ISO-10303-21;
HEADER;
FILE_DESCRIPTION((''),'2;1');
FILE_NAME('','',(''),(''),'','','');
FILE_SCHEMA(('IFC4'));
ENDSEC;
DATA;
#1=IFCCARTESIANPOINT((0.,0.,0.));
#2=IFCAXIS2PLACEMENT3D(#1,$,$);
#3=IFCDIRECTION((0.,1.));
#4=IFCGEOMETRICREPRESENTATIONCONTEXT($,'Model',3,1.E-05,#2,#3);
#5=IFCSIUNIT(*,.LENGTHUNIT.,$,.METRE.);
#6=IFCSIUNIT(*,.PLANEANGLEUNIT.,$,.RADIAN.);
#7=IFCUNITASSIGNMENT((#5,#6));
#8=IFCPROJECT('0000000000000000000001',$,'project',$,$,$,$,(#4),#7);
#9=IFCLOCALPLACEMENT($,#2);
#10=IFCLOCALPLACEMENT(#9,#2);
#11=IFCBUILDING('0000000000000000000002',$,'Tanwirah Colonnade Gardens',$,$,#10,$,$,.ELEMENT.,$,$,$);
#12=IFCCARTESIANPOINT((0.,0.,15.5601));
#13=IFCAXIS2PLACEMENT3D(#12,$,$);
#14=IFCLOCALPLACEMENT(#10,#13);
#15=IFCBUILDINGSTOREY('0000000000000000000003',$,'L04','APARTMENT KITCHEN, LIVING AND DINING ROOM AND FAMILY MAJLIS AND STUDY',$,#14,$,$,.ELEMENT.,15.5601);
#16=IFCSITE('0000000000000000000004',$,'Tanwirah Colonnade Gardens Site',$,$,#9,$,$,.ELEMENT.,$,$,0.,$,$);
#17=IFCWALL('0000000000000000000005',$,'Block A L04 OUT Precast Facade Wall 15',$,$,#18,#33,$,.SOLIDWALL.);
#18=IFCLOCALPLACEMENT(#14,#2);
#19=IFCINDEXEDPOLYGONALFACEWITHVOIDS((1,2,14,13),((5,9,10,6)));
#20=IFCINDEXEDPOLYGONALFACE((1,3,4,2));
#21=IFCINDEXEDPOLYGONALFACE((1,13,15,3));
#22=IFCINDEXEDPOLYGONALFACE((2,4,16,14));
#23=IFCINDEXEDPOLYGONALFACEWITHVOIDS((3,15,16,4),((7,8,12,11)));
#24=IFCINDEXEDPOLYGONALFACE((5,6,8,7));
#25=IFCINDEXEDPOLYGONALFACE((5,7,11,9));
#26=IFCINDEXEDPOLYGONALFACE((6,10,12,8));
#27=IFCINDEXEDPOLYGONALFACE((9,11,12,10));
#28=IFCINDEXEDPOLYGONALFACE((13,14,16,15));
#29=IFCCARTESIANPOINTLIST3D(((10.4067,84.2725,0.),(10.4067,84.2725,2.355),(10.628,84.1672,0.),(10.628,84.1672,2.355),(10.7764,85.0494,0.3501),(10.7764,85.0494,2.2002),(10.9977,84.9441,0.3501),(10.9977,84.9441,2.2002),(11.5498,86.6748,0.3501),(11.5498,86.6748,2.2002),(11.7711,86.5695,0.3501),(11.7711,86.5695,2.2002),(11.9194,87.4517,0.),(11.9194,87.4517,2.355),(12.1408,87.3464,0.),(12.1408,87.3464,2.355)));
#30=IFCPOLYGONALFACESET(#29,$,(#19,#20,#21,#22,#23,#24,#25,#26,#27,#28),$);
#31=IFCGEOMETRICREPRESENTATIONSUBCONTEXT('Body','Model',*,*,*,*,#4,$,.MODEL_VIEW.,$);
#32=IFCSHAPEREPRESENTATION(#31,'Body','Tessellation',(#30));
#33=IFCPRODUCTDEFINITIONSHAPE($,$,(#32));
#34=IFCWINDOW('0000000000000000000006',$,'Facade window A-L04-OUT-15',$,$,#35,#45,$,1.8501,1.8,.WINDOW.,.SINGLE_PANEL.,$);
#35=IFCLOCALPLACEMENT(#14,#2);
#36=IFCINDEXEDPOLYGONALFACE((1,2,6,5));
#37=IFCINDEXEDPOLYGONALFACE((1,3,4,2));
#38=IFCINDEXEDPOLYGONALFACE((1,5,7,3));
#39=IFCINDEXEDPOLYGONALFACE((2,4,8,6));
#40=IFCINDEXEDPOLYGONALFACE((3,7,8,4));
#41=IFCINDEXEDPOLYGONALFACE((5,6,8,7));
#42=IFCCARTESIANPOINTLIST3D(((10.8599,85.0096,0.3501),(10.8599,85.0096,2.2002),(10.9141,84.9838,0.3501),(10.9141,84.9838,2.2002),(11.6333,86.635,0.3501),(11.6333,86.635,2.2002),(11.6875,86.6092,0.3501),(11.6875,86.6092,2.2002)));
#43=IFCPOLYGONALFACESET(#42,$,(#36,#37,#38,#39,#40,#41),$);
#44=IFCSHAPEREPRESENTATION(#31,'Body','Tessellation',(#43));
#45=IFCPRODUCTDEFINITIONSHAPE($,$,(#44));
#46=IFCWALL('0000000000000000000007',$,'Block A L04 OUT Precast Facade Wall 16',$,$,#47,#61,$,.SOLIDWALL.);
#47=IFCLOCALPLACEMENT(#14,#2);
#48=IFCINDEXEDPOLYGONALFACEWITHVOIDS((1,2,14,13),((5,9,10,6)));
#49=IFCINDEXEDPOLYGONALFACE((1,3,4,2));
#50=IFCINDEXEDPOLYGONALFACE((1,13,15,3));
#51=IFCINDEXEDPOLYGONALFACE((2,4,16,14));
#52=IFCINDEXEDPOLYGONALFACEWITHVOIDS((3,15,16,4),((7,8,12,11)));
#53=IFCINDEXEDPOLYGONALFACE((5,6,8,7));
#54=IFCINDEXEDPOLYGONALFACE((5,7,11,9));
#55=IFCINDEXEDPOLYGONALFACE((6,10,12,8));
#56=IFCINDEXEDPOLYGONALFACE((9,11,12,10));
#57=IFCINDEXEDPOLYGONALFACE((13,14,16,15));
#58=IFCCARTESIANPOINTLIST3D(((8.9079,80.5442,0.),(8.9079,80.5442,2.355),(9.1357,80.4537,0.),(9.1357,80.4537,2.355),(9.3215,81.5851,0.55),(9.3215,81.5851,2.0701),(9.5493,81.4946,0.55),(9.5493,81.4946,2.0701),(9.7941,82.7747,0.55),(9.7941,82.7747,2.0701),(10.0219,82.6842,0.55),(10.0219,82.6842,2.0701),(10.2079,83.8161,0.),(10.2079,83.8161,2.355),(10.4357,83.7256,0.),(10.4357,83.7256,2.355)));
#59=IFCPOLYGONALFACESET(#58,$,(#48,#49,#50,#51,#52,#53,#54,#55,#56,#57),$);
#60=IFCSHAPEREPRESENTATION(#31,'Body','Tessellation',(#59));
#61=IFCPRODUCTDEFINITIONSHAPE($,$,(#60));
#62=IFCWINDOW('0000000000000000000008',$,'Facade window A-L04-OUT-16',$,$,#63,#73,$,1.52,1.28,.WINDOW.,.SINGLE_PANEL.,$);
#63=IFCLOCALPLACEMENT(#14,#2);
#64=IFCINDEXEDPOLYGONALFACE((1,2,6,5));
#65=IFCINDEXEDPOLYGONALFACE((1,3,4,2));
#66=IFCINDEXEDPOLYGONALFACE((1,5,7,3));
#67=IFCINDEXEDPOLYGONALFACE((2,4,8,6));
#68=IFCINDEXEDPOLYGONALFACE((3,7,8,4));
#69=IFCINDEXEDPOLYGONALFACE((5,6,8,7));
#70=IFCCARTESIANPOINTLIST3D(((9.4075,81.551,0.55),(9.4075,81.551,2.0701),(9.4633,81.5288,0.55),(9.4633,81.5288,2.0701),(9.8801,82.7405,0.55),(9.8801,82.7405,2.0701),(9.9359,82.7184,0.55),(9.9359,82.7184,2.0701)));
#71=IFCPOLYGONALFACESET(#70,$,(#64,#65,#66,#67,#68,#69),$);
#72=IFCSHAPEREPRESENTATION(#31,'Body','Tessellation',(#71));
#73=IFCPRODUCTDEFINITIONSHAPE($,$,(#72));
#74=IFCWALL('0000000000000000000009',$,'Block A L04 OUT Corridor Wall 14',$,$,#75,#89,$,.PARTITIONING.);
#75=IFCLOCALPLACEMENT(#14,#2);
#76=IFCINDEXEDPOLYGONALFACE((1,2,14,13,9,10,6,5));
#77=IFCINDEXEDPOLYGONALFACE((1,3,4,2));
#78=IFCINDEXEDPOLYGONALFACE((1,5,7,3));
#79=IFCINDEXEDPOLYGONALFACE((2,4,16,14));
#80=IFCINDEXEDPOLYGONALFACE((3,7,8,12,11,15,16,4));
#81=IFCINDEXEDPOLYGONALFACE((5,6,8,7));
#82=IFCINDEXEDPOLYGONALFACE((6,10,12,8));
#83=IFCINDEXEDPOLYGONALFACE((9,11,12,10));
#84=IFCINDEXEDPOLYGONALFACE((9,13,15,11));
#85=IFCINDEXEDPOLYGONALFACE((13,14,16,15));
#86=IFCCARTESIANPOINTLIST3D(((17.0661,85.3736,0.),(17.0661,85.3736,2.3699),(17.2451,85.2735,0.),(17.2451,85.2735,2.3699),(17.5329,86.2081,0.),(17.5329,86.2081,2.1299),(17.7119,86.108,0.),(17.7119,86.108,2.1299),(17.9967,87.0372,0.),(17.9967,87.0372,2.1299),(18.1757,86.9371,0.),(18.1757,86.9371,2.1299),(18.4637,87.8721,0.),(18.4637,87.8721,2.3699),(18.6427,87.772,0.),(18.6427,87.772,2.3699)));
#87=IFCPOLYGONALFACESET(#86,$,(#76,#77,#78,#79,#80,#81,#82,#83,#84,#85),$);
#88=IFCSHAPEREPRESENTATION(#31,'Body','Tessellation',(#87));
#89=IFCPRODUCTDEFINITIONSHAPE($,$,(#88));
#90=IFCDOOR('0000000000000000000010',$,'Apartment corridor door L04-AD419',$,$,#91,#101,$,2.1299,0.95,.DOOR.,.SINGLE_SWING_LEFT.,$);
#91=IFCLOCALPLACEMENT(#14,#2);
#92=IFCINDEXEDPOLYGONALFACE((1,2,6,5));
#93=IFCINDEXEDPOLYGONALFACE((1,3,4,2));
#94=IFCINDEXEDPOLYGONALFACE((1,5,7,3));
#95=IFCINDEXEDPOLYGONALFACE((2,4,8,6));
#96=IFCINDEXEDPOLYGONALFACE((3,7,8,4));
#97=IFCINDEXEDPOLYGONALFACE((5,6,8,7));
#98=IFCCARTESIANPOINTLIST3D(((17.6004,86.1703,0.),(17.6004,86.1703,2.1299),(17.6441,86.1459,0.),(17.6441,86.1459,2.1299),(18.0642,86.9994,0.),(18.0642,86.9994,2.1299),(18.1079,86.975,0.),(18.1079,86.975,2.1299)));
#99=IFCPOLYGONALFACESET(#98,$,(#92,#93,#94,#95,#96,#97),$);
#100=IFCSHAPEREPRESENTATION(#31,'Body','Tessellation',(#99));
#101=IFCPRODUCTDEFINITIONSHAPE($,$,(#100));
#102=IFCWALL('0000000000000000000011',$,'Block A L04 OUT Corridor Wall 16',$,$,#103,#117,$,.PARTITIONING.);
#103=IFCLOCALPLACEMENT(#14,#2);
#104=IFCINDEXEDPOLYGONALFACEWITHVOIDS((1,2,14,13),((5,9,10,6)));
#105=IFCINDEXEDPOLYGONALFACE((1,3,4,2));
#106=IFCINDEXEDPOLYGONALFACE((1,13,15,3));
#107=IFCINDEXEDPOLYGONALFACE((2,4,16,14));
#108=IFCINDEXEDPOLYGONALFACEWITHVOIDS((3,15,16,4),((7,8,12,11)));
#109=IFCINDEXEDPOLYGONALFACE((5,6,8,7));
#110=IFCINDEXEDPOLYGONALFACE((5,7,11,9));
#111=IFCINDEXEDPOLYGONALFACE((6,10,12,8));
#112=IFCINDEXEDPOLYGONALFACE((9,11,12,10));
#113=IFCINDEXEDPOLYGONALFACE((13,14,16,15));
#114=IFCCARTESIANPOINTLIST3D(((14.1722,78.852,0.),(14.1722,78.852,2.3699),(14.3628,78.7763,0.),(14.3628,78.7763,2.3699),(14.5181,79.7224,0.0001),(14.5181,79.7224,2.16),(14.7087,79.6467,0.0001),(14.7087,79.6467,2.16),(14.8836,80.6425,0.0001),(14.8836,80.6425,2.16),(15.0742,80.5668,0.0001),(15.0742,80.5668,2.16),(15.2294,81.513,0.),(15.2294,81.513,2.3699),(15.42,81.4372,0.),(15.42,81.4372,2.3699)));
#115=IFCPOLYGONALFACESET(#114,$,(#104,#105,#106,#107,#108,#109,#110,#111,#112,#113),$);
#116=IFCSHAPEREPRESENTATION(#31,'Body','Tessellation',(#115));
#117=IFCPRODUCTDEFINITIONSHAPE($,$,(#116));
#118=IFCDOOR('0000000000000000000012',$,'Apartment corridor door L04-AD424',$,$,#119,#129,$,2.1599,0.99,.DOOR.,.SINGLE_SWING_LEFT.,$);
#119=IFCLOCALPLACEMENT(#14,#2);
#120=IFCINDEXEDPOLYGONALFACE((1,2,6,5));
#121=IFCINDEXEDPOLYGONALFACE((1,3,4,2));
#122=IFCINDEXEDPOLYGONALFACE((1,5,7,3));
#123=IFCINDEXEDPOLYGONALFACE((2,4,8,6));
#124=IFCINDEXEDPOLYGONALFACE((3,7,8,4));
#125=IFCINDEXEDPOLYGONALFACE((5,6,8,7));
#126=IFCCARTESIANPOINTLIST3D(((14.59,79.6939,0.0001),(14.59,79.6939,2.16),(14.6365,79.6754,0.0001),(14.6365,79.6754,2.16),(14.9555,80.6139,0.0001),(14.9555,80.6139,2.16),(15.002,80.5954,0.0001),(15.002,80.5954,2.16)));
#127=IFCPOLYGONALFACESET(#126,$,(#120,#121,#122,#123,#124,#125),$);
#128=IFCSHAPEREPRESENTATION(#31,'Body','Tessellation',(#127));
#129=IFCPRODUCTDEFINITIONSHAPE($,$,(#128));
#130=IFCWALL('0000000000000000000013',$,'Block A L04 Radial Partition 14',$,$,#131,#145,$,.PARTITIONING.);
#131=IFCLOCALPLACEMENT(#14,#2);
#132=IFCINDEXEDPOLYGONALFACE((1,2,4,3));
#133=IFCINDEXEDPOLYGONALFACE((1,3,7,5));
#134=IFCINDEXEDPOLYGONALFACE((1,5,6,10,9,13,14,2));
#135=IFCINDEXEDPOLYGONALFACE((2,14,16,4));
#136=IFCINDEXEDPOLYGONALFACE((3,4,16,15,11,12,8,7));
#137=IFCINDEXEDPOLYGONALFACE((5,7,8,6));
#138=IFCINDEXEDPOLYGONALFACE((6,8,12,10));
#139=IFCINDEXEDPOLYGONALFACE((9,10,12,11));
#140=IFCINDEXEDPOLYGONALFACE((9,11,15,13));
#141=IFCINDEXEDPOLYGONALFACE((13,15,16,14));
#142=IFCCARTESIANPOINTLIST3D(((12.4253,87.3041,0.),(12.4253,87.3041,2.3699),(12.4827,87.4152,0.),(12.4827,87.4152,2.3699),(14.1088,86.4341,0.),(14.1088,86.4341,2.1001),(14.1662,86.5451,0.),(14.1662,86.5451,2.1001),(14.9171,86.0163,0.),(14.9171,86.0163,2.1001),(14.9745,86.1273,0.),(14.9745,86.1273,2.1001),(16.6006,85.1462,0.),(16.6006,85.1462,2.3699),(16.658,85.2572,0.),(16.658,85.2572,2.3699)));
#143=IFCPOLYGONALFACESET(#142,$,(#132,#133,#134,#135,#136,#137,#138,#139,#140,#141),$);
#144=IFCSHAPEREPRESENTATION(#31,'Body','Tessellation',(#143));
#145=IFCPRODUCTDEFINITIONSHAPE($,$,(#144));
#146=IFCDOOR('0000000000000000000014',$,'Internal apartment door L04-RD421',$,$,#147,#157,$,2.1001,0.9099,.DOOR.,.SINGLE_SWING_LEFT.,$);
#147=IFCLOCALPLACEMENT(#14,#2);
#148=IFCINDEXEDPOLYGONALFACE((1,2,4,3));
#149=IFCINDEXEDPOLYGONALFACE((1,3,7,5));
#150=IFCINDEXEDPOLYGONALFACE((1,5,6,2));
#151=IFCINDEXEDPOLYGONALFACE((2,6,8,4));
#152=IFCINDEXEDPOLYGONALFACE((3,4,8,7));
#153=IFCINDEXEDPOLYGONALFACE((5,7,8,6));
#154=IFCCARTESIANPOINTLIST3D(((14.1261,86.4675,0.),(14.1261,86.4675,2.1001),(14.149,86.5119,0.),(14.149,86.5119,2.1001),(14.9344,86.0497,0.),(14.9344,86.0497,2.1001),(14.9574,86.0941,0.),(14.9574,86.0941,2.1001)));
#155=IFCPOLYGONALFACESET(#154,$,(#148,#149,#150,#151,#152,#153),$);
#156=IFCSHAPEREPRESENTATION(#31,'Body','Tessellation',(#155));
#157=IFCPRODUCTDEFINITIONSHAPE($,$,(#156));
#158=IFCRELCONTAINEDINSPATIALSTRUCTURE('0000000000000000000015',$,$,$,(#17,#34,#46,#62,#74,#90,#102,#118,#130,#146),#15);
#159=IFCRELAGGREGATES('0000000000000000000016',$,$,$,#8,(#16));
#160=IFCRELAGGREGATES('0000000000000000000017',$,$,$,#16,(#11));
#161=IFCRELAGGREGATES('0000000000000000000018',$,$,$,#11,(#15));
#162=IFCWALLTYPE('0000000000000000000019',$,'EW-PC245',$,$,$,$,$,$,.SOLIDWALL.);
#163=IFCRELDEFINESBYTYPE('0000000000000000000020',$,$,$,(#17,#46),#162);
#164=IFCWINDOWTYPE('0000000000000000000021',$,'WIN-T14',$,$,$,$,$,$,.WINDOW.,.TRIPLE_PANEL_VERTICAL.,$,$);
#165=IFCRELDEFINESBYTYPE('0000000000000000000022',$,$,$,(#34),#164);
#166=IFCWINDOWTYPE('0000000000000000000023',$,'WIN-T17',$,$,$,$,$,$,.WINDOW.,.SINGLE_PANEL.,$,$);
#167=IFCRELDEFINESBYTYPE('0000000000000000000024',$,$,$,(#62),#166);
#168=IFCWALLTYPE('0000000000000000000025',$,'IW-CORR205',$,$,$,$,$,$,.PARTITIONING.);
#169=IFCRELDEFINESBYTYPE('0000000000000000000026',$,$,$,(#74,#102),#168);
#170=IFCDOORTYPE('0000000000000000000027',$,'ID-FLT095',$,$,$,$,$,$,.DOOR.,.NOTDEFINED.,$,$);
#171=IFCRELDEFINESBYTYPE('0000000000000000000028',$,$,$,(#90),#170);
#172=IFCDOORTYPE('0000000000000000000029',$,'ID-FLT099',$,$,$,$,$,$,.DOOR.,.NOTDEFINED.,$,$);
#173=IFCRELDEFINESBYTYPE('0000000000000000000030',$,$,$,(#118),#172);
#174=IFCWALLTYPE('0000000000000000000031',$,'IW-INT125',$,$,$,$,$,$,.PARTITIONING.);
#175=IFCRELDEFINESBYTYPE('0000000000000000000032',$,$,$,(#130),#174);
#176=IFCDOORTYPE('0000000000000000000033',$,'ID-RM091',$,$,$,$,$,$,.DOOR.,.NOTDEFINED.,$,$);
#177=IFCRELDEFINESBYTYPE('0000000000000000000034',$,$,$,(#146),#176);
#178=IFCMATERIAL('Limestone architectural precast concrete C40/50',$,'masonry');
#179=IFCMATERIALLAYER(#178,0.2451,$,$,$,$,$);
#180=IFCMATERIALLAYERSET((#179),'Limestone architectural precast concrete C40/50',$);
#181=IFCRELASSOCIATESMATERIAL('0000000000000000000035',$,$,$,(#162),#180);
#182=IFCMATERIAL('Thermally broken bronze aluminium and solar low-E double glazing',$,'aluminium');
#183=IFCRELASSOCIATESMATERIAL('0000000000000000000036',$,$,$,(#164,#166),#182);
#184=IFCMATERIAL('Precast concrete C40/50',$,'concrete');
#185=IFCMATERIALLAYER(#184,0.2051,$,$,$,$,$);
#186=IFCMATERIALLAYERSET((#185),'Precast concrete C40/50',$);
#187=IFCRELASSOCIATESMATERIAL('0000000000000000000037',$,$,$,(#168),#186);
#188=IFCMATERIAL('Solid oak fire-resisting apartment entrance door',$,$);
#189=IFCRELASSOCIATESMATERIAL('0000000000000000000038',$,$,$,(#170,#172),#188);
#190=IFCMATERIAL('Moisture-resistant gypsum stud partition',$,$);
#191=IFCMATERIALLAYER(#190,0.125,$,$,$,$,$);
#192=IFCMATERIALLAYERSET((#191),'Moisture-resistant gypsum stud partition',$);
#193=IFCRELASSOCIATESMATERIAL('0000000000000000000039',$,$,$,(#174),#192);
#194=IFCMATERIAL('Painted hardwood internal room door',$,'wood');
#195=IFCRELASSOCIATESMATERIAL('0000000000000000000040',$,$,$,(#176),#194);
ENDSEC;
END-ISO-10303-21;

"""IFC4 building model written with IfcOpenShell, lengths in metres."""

from ifc_helpers import new_model, si_unit, direction, frame, frame_2d, origin, place, context, subcontext, project, spatial, rectangle, extrude, material, layer, layer_set, type_object, element, fill, save


model = new_model("IFC4")

# Units and contexts
model_context = context("Model", 3, precision=1e-05, world=origin(), true_north=direction((0.0, 1.0)))
body_context = subcontext(model_context, "Body", "Model", "MODEL_VIEW")
ifc_project = project(units=[si_unit("LENGTHUNIT", "METRE"), si_unit("PLANEANGLEUNIT", "RADIAN")], contexts=[model_context])

# Site, building, storey
site_placement = place(None, origin())
site = spatial("IfcSite", under=ifc_project, at=site_placement, Name="Tanwirah Colonnade Gardens Site", CompositionType="ELEMENT", RefElevation=0.0)
building_placement = place(site_placement, origin())
building = spatial("IfcBuilding", under=site, at=building_placement, Name="Tanwirah Colonnade Gardens", CompositionType="ELEMENT")
storey_placement = place(building_placement, frame((0.0, 0.0, 15.5601)))
storey = spatial("IfcBuildingStorey", under=building, at=storey_placement, Name="L04", Description="APARTMENT KITCHEN, LIVING AND DINING ROOM AND FAMILY MAJLIS AND STUDY", CompositionType="ELEMENT", Elevation=15.5601)

# Shared definitions
ifc_material_1 = material(Name="Precast concrete C40/50", Category="concrete")

# Walls, openings, windows
ifc_material_2 = material(Name="Limestone architectural precast concrete C40/50", Category="masonry")
ifc_layer_1 = layer(ifc_material_2, 0.2451)
ifc_layer_set_1 = layer_set([ifc_layer_1], Name="Limestone architectural precast concrete C40/50")
wall_type_1 = type_object("IfcWallType", Name="EW-PC245", PredefinedType="SOLIDWALL", material=ifc_layer_set_1)
wall_1_placement = place(storey_placement, frame((12.03, 87.3989, 0.0), z_axis=(0.0, 0.0, 1.0), x_axis=(-0.429654, -0.902994, 0.0)))
wall_1 = element("IfcWall", 1, at=wall_1_placement, inside=storey, type_object=wall_type_1, Name="Block A L04 OUT Precast Facade Wall 15", PredefinedType="SOLIDWALL", context=body_context, shape_type="SweptSolid", body=[
    extrude(rectangle(XDim=3.5208, YDim=0.2451, at=frame_2d((1.7603, 0.0))), origin(), (0.0, 0.0, 1.0), 2.355),
])
opening_1_placement = place(wall_1_placement, frame((0.8604, 0.0, 0.3501)))
opening_1 = element("IfcOpeningElement", 2, at=opening_1_placement, cuts=wall_1, PredefinedType="OPENING", context=body_context, shape_type="SweptSolid", body=[
    extrude(rectangle(XDim=1.8, YDim=1.8501, at=frame_2d((0.8999, 0.925))), frame((0.0, 0.1326, 0.0), z_axis=(0.0, -1.0, 0.0), x_axis=(1.0, 0.0, 0.0)), (0.0, 0.0, 1.0), 0.2651),
])
ifc_material_3 = material(Name="Thermally broken bronze aluminium and solar low-E double glazing", Category="aluminium")
window_type_1 = type_object("IfcWindowType", Name="WIN-T14", PartitioningType="TRIPLE_PANEL_VERTICAL", PredefinedType="WINDOW", material=ifc_material_3)
window_1_placement = place(opening_1_placement, origin())
window_1 = element("IfcWindow", 3, at=window_1_placement, inside=storey, type_object=window_type_1, Name="Facade window A-L04-OUT-15", OverallHeight=1.8501, OverallWidth=1.8, PartitioningType="SINGLE_PANEL", PredefinedType="WINDOW", context=body_context, shape_type="SweptSolid", body=[
    extrude(rectangle(XDim=1.8, YDim=1.8501, at=frame_2d((0.8999, 0.925))), frame((0.0, 0.03, 0.0), z_axis=(0.0, -1.0, 0.0), x_axis=(1.0, 0.0, 0.0)), (0.0, 0.0, 1.0), 0.0601),
])
fill(opening_1, window_1)
wall_2_placement = place(storey_placement, frame((10.3218, 83.7708, 0.0), z_axis=(0.0, 0.0, 1.0), x_axis=(-0.36925, -0.92933, 0.0)))
wall_2 = element("IfcWall", 4, at=wall_2_placement, inside=storey, type_object=wall_type_1, Name="Block A L04 OUT Precast Facade Wall 16", PredefinedType="SOLIDWALL", context=body_context, shape_type="SweptSolid", body=[
    extrude(rectangle(XDim=3.5208, YDim=0.2451, at=frame_2d((1.7603, 0.0))), origin(), (0.0, 0.0, 1.0), 2.355),
])
opening_2_placement = place(wall_2_placement, frame((1.1204, 0.0, 0.55)))
opening_2 = element("IfcOpeningElement", 5, at=opening_2_placement, cuts=wall_2, PredefinedType="OPENING", context=body_context, shape_type="SweptSolid", body=[
    extrude(rectangle(XDim=1.28, YDim=1.52, at=frame_2d((0.6401, 0.76))), frame((0.0, 0.1326, 0.0), z_axis=(0.0, -1.0, 0.0), x_axis=(1.0, 0.0, 0.0)), (0.0, 0.0, 1.0), 0.2651),
])
window_type_2 = type_object("IfcWindowType", Name="WIN-T17", PartitioningType="SINGLE_PANEL", PredefinedType="WINDOW", material=ifc_material_3)
window_2_placement = place(opening_2_placement, origin())
window_2 = element("IfcWindow", 6, at=window_2_placement, inside=storey, type_object=window_type_2, Name="Facade window A-L04-OUT-16", OverallHeight=1.52, OverallWidth=1.28, PartitioningType="SINGLE_PANEL", PredefinedType="WINDOW", context=body_context, shape_type="SweptSolid", body=[
    extrude(rectangle(XDim=1.28, YDim=1.52, at=frame_2d((0.6401, 0.76))), frame((0.0, 0.03, 0.0), z_axis=(0.0, -1.0, 0.0), x_axis=(1.0, 0.0, 0.0)), (0.0, 0.0, 1.0), 0.0601),
])
fill(opening_2, window_2)

# Walls, openings, doors
ifc_layer_2 = layer(ifc_material_1, 0.2051)
ifc_layer_set_2 = layer_set([ifc_layer_2], Name="Precast concrete C40/50")
wall_type_2 = type_object("IfcWallType", Name="IW-CORR205", PredefinedType="PARTITIONING", material=ifc_layer_set_2)
wall_3_placement = place(storey_placement, frame((18.5532, 87.822, 0.0), z_axis=(0.0, 0.0, 1.0), x_axis=(-0.488211, -0.872726, 0.0)))
wall_3 = element("IfcWall", 7, at=wall_3_placement, inside=storey, type_object=wall_type_2, Name="Block A L04 OUT Corridor Wall 14", PredefinedType="PARTITIONING", context=body_context, shape_type="SweptSolid", body=[
    extrude(rectangle(XDim=2.8628, YDim=0.2051, at=frame_2d((1.4314, 0.0))), origin(), (0.0, 0.0, 1.0), 2.3699),
])
opening_3_placement = place(wall_3_placement, frame((0.9565, 0.0, 0.0)))
opening_3 = element("IfcOpeningElement", 8, at=opening_3_placement, cuts=wall_3, PredefinedType="OPENING", context=body_context, shape_type="SweptSolid", body=[
    extrude(rectangle(XDim=0.95, YDim=2.1299, at=frame_2d((0.4751, 1.0649))), frame((0.0, 0.1125, 0.0), z_axis=(0.0, -1.0, 0.0), x_axis=(1.0, 0.0, 0.0)), (0.0, 0.0, 1.0), 0.2251),
])
ifc_material_4 = material(Name="Solid oak fire-resisting apartment entrance door")
door_type_1 = type_object("IfcDoorType", Name="ID-FLT095", OperationType="NOTDEFINED", PredefinedType="DOOR", material=ifc_material_4)
door_1_placement = place(opening_3_placement, origin())
door_1 = element("IfcDoor", 9, at=door_1_placement, inside=storey, type_object=door_type_1, Name="Apartment corridor door L04-AD419", OperationType="SINGLE_SWING_LEFT", OverallHeight=2.1299, OverallWidth=0.95, PredefinedType="DOOR", context=body_context, shape_type="SweptSolid", body=[
    extrude(rectangle(XDim=0.95, YDim=2.1299, at=frame_2d((0.4751, 1.0649))), frame((0.0, 0.0249, 0.0), z_axis=(0.0, -1.0, 0.0), x_axis=(1.0, 0.0, 0.0)), (0.0, 0.0, 1.0), 0.05),
])
fill(opening_3, door_1)
wall_4_placement = place(storey_placement, frame((15.3247, 81.4751, 0.0), z_axis=(0.0, 0.0, 1.0), x_axis=(-0.369214, -0.929344, 0.0)))
wall_4 = element("IfcWall", 10, at=wall_4_placement, inside=storey, type_object=wall_type_2, Name="Block A L04 OUT Corridor Wall 16", PredefinedType="PARTITIONING", context=body_context, shape_type="SweptSolid", body=[
    extrude(rectangle(XDim=2.8633, YDim=0.2051, at=frame_2d((1.4316, 0.0))), origin(), (0.0, 0.0, 1.0), 2.3699),
])
opening_4_placement = place(wall_4_placement, frame((0.9365, 0.0, 0.0)))
opening_4 = element("IfcOpeningElement", 11, at=opening_4_placement, cuts=wall_4, PredefinedType="OPENING", context=body_context, shape_type="SweptSolid", body=[
    extrude(rectangle(XDim=0.99, YDim=2.1599, at=frame_2d((0.4951, 1.0801))), frame((0.0, 0.1125, 0.0), z_axis=(0.0, -1.0, 0.0), x_axis=(1.0, 0.0, 0.0)), (0.0, 0.0, 1.0), 0.2251),
])
door_type_2 = type_object("IfcDoorType", Name="ID-FLT099", OperationType="NOTDEFINED", PredefinedType="DOOR", material=ifc_material_4)
door_2_placement = place(opening_4_placement, origin())
door_2 = element("IfcDoor", 12, at=door_2_placement, inside=storey, type_object=door_type_2, Name="Apartment corridor door L04-AD424", OperationType="SINGLE_SWING_LEFT", OverallHeight=2.1599, OverallWidth=0.99, PredefinedType="DOOR", context=body_context, shape_type="SweptSolid", body=[
    extrude(rectangle(XDim=0.99, YDim=2.1599, at=frame_2d((0.4951, 1.0801))), frame((0.0, 0.0249, 0.0), z_axis=(0.0, -1.0, 0.0), x_axis=(1.0, 0.0, 0.0)), (0.0, 0.0, 1.0), 0.05),
])
fill(opening_4, door_2)
ifc_material_5 = material(Name="Moisture-resistant gypsum stud partition")
ifc_layer_3 = layer(ifc_material_5, 0.125)
ifc_layer_set_3 = layer_set([ifc_layer_3], Name="Moisture-resistant gypsum stud partition")
wall_type_3 = type_object("IfcWallType", Name="IW-INT125", PredefinedType="PARTITIONING", material=ifc_layer_set_3)
wall_5_placement = place(storey_placement, frame((16.6294, 85.2017, 0.0), z_axis=(0.0, 0.0, 1.0), x_axis=(-0.888363, 0.459142, 0.0)))
wall_5 = element("IfcWall", 13, at=wall_5_placement, inside=storey, type_object=wall_type_3, Name="Block A L04 Radial Partition 14", PredefinedType="PARTITIONING", context=body_context, shape_type="SweptSolid", body=[
    extrude(rectangle(XDim=4.7, YDim=0.125, at=frame_2d((2.3501, 0.0))), origin(), (0.0, 0.0, 1.0), 2.3699),
])
opening_5_placement = place(wall_5_placement, frame((1.895, 0.0, 0.0)))
opening_5 = element("IfcOpeningElement", 14, at=opening_5_placement, cuts=wall_5, PredefinedType="OPENING", context=body_context, shape_type="SweptSolid", body=[
    extrude(rectangle(XDim=0.9099, YDim=2.1001, at=frame_2d((0.4551, 1.05))), frame((0.0, 0.0725, 0.0), z_axis=(0.0, -1.0, 0.0), x_axis=(1.0, 0.0, 0.0)), (0.0, 0.0, 1.0), 0.145),
])
ifc_material_6 = material(Name="Painted hardwood internal room door", Category="wood")
door_type_3 = type_object("IfcDoorType", Name="ID-RM091", OperationType="NOTDEFINED", PredefinedType="DOOR", material=ifc_material_6)
door_3_placement = place(opening_5_placement, origin())
door_3 = element("IfcDoor", 15, at=door_3_placement, inside=storey, type_object=door_type_3, Name="Internal apartment door L04-RD421", OperationType="SINGLE_SWING_LEFT", OverallHeight=2.1001, OverallWidth=0.9099, PredefinedType="DOOR", context=body_context, shape_type="SweptSolid", body=[
    extrude(rectangle(XDim=0.9099, YDim=2.1001, at=frame_2d((0.4551, 1.05))), frame((0.0, 0.0249, 0.0), z_axis=(0.0, -1.0, 0.0), x_axis=(1.0, 0.0, 0.0)), (0.0, 0.0, 1.0), 0.05),
])
fill(opening_5, door_3)

save(model, "model.ifc")
